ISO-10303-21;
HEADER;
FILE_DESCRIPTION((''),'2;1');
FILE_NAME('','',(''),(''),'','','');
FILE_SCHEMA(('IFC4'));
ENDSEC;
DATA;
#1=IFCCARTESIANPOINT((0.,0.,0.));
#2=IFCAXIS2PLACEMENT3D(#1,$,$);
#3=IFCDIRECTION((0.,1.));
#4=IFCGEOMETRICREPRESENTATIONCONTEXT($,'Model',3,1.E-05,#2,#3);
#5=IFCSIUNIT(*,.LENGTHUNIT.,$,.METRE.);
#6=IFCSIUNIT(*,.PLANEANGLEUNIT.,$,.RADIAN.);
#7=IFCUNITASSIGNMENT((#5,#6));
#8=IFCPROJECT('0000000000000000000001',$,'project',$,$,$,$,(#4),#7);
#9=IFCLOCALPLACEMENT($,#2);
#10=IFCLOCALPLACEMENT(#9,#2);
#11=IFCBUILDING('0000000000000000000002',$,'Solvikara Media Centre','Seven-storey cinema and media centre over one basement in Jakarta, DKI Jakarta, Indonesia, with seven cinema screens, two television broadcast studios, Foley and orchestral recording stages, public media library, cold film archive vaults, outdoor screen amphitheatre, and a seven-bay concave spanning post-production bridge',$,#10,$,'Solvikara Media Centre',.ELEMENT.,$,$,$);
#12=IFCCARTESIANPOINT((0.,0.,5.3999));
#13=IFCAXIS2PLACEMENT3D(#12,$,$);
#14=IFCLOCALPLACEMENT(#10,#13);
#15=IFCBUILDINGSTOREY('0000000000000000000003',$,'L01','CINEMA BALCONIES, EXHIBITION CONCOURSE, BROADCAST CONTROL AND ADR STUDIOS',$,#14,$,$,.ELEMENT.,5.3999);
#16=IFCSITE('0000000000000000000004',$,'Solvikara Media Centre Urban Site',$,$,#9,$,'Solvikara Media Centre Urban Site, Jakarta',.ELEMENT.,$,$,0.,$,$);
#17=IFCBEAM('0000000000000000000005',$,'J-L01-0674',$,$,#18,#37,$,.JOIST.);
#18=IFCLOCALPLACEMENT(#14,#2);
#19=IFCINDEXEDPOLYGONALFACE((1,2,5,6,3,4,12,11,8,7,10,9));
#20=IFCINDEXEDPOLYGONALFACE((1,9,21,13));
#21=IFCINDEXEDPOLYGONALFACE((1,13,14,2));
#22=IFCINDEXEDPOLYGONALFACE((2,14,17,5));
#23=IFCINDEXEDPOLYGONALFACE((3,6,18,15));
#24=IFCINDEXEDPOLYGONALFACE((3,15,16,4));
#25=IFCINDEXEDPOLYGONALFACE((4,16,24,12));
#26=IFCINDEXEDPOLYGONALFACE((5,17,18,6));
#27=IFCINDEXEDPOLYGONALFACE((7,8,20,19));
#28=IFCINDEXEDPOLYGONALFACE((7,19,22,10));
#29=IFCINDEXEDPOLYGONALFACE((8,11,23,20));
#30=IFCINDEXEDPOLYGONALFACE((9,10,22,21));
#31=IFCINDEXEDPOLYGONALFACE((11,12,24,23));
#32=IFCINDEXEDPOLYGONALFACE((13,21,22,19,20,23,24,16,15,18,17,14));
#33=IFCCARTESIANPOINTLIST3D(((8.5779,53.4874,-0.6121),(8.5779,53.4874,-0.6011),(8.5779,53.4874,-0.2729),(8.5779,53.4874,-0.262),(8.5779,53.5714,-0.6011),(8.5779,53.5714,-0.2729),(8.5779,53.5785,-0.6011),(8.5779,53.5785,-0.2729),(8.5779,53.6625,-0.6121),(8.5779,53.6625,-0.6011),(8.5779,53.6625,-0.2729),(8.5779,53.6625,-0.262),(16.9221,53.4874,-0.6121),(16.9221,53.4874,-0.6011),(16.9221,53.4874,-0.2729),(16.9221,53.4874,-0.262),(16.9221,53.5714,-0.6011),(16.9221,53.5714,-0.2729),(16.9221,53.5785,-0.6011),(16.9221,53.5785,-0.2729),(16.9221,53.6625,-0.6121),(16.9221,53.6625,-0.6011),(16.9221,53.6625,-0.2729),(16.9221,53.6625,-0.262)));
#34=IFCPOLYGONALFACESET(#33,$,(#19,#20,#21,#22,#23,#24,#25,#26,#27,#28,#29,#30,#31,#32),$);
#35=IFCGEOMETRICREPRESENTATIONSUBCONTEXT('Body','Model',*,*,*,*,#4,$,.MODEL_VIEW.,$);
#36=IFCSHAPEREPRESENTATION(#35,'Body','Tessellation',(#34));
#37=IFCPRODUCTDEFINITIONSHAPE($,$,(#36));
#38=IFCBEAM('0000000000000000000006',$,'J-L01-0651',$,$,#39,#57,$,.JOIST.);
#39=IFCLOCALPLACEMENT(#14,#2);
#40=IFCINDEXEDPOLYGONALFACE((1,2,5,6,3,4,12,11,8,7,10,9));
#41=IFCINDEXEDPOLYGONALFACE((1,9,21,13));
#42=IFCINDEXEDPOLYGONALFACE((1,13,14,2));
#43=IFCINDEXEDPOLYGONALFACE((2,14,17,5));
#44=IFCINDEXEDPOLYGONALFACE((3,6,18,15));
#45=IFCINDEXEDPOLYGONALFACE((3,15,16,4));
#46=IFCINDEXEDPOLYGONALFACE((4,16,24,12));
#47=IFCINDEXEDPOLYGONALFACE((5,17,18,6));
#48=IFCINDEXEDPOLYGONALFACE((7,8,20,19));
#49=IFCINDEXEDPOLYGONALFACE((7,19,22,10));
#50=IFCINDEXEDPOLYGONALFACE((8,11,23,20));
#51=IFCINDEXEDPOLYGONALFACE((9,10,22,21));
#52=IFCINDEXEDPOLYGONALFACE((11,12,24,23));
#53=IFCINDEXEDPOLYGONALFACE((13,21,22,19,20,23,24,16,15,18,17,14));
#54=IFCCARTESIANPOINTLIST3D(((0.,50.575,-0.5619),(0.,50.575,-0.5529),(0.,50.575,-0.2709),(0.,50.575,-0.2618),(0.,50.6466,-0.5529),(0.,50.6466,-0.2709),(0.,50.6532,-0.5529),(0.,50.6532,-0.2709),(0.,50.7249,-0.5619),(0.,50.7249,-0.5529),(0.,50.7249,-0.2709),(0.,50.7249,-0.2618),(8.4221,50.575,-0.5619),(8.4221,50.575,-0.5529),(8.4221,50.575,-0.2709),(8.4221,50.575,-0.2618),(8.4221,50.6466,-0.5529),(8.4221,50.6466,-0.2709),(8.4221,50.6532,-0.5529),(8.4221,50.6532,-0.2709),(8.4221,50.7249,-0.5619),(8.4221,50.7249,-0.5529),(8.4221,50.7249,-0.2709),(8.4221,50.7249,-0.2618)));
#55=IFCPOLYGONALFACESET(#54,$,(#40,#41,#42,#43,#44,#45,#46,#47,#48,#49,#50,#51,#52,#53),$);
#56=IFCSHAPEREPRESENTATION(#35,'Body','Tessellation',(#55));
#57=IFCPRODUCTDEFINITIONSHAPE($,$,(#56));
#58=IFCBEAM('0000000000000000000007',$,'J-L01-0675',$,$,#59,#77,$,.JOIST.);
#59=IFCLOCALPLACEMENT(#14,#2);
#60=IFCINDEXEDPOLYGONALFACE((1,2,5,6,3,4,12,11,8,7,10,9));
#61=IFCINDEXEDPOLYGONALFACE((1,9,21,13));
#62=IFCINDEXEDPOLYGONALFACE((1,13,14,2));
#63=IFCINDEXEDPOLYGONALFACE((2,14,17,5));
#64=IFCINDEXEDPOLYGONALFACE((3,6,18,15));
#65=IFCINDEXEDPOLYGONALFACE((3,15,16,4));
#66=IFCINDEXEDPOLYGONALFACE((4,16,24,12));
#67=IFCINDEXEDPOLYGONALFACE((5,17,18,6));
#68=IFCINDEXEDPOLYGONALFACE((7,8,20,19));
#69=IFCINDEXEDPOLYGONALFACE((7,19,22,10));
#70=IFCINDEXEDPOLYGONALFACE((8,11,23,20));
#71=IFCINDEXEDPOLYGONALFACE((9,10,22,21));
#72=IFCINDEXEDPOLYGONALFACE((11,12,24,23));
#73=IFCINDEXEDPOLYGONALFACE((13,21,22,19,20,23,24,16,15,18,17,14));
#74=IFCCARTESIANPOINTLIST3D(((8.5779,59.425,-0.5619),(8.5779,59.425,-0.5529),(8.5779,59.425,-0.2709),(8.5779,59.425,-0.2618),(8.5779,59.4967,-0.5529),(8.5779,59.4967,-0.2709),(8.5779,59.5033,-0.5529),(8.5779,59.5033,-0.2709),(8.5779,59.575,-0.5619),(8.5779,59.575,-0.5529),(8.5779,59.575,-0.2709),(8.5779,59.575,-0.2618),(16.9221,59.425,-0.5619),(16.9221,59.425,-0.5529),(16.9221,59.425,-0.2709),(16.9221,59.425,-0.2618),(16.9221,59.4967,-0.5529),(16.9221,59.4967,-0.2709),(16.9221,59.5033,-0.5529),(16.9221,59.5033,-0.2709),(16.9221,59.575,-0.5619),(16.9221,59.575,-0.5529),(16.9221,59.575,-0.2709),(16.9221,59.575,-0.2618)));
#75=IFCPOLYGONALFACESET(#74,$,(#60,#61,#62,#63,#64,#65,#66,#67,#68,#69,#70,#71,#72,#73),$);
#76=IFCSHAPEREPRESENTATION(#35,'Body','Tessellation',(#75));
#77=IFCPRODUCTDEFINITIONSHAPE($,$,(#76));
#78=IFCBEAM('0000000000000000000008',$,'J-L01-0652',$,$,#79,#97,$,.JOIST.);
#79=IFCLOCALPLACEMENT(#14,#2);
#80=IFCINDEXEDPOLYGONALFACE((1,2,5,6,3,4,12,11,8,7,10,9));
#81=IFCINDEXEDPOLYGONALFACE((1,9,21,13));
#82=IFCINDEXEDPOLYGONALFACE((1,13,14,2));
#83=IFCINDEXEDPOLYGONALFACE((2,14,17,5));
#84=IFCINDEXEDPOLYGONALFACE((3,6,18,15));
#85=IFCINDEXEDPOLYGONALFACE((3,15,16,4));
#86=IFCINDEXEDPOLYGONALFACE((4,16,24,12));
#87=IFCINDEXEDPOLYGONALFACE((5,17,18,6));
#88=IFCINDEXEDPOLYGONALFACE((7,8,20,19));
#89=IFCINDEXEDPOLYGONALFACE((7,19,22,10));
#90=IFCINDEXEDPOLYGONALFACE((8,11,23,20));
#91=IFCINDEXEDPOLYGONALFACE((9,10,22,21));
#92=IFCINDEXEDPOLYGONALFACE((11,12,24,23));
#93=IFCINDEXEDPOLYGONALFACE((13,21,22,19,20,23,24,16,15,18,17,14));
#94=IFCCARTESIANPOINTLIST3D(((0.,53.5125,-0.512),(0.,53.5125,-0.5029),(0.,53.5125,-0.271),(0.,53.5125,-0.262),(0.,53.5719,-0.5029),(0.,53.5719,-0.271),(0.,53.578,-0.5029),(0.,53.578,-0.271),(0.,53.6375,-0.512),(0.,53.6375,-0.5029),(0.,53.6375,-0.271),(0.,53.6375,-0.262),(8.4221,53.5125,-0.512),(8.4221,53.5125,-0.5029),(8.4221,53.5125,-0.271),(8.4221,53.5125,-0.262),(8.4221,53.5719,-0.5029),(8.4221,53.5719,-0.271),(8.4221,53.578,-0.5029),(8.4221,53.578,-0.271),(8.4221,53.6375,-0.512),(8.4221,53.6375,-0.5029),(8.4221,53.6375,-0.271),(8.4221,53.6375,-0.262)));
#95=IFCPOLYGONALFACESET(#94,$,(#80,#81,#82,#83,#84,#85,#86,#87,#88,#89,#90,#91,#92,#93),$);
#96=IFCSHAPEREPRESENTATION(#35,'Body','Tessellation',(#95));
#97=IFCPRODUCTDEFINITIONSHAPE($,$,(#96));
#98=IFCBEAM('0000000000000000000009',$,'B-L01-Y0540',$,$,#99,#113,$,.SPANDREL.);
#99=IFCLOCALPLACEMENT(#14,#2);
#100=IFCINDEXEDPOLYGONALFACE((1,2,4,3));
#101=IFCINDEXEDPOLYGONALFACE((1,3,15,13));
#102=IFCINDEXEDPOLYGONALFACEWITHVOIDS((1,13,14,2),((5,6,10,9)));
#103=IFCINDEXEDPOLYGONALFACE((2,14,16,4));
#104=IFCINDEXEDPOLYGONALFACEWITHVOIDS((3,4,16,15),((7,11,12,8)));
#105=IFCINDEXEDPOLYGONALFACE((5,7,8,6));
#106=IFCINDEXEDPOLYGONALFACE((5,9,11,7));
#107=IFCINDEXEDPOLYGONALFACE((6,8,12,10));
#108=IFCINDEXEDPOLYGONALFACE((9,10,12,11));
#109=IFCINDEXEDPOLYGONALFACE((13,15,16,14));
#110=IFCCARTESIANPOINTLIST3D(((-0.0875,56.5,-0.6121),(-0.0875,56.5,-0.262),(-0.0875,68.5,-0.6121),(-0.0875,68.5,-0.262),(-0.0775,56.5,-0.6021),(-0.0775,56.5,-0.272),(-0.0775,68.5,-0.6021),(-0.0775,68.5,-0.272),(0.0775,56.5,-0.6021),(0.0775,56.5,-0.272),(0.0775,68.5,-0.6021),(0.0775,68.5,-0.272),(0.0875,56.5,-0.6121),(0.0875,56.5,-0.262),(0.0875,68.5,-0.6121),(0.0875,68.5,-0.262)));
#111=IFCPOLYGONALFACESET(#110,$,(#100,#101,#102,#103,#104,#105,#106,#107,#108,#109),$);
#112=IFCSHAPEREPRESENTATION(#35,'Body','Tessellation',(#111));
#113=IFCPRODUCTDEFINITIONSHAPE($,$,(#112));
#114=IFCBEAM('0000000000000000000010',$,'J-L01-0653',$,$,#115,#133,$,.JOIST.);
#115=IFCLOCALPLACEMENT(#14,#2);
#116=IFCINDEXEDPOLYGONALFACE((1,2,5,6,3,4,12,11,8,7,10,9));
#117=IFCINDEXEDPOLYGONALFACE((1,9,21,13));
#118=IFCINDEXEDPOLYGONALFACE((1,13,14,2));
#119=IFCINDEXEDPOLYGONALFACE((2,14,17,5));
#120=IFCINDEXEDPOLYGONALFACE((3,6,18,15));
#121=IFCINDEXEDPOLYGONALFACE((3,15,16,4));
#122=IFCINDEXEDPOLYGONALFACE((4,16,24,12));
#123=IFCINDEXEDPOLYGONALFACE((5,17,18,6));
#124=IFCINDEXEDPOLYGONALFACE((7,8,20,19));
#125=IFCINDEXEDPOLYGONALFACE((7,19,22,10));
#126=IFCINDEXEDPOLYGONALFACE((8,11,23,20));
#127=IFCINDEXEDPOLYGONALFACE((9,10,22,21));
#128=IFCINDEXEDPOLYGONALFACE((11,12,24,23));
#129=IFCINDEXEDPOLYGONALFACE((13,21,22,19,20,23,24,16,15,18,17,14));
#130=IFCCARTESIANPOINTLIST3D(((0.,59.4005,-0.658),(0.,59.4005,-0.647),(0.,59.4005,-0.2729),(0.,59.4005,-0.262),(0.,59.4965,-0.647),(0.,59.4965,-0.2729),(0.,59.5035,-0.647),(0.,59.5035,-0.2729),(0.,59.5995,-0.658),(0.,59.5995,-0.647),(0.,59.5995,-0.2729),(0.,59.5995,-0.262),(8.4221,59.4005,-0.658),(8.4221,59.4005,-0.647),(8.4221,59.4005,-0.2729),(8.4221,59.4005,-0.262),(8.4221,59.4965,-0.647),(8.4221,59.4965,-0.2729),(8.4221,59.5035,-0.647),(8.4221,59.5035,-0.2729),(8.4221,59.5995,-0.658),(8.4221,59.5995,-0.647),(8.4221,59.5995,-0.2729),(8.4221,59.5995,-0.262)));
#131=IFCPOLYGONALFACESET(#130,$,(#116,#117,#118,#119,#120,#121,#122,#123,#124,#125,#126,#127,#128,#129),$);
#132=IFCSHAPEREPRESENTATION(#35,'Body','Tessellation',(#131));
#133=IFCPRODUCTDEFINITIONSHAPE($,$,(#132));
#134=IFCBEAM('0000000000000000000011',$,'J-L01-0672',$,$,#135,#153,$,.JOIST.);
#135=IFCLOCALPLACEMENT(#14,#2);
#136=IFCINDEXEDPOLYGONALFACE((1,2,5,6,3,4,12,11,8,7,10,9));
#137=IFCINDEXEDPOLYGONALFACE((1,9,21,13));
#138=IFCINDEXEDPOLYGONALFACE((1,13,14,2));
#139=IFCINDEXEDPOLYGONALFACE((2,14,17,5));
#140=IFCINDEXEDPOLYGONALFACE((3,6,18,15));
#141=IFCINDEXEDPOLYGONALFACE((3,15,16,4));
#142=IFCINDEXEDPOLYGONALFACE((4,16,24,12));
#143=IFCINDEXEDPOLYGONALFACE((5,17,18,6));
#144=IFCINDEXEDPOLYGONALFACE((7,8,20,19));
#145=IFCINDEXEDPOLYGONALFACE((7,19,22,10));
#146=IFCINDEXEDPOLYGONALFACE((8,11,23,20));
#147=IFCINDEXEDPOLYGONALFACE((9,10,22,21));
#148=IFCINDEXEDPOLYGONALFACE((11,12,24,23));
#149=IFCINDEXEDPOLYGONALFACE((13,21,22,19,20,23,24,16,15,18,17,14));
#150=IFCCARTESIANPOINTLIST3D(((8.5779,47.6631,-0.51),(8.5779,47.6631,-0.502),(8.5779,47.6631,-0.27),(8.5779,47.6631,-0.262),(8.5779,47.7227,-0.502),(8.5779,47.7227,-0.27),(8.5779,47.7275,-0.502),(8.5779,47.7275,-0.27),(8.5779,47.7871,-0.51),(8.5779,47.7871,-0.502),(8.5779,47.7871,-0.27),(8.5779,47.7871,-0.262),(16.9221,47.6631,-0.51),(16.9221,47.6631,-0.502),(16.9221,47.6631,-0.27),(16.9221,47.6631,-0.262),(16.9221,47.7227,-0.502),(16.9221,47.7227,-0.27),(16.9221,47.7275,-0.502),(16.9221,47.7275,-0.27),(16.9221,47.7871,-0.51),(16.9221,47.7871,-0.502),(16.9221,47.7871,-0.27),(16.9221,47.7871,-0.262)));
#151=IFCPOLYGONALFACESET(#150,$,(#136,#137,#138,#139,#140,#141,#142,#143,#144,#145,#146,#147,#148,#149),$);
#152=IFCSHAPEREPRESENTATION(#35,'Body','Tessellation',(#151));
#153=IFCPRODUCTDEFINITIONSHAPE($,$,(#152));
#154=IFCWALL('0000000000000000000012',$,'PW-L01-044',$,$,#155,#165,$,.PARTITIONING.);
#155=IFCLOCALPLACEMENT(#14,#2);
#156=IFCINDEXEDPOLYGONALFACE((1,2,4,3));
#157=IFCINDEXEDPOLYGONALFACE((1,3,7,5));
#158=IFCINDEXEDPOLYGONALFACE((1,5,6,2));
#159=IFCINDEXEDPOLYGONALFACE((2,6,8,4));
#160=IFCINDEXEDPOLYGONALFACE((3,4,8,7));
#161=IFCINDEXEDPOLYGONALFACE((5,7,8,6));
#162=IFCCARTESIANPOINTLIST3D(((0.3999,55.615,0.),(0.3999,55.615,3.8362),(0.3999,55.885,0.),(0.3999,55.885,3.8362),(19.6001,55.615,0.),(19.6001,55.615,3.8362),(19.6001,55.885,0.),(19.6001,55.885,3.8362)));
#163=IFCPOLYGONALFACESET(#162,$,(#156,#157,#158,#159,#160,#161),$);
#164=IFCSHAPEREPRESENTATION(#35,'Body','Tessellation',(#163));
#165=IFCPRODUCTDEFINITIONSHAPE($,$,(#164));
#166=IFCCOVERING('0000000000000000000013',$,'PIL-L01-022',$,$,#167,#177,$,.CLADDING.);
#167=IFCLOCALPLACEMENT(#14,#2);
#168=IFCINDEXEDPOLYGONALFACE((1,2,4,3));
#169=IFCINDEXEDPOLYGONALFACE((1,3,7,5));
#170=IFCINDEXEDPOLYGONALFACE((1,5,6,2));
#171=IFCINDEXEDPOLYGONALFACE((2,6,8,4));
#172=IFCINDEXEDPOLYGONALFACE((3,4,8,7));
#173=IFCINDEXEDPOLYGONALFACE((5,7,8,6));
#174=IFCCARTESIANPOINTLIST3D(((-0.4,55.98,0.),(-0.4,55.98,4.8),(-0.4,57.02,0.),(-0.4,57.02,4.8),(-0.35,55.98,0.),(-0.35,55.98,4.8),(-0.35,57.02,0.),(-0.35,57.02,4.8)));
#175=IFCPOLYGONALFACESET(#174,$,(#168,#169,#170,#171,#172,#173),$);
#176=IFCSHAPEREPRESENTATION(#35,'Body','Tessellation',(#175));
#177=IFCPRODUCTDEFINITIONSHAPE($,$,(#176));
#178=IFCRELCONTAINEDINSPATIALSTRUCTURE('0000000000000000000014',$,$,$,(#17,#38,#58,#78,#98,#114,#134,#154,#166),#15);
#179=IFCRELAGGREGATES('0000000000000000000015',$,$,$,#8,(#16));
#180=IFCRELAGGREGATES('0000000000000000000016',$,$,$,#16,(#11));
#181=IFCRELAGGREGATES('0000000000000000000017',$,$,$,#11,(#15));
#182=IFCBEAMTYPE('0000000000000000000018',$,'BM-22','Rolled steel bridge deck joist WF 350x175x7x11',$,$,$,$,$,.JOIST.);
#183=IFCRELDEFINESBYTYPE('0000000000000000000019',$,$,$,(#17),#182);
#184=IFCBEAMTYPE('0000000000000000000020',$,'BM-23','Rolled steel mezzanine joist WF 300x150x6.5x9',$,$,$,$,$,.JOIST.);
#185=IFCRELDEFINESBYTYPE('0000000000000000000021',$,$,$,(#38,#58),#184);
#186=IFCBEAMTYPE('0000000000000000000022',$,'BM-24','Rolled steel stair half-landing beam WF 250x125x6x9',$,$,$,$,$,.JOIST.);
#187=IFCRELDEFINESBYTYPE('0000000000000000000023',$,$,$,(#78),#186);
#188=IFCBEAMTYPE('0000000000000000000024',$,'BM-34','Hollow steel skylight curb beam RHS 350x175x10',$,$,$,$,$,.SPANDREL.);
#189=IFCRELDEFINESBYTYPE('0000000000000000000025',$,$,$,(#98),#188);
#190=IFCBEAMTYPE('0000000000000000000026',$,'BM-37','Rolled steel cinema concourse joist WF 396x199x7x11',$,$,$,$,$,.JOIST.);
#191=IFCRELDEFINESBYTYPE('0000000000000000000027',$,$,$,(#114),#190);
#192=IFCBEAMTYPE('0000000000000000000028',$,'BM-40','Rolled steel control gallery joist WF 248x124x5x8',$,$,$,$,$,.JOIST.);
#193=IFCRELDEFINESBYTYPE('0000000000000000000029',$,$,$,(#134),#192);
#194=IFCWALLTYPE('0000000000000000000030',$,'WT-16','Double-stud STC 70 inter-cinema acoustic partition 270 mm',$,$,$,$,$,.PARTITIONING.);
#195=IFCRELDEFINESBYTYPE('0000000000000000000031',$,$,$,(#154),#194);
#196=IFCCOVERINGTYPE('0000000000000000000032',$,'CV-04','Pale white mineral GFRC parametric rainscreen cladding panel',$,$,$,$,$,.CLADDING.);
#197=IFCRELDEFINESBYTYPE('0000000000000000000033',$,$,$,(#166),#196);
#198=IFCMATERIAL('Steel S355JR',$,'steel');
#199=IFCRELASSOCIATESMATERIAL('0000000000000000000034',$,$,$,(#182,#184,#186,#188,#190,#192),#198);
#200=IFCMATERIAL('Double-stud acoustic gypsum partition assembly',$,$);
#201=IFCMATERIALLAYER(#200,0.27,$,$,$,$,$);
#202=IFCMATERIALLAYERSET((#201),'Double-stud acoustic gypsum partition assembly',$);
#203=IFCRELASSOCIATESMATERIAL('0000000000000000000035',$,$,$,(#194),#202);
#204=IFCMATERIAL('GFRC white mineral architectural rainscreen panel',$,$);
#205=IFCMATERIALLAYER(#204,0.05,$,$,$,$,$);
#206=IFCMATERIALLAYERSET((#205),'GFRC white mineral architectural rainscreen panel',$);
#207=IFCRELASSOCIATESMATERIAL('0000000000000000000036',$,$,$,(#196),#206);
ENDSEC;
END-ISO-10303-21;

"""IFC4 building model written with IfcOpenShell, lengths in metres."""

from ifc_helpers import new_model, si_unit, direction, frame, frame_2d, origin, origin_2d, place, context, subcontext, project, spatial, rectangle, hollow_rectangle, i_section, extrude, material, layer, layer_set, material_profile, profile_set, type_object, element, save


model = new_model("IFC4")

# Units and contexts
model_context = context("Model", 3, precision=1e-05, world=origin(), true_north=direction((0.0, 1.0)))
body_context = subcontext(model_context, "Body", "Model", "MODEL_VIEW")
ifc_project = project(units=[si_unit("LENGTHUNIT", "METRE"), si_unit("PLANEANGLEUNIT", "RADIAN")], contexts=[model_context])

# Site, building, storey
site_placement = place(None, origin())
site = spatial("IfcSite", under=ifc_project, at=site_placement, Name="Solvikara Media Centre Urban Site", LongName="Solvikara Media Centre Urban Site, Jakarta", CompositionType="ELEMENT", RefElevation=0.0)
building_placement = place(site_placement, origin())
building = spatial("IfcBuilding", under=site, at=building_placement, Name="Solvikara Media Centre", Description="Seven-storey cinema and media centre over one basement in Jakarta, DKI Jakarta, Indonesia, with seven cinema screens, two television broadcast studios, Foley and orchestral recording stages, public media library, cold film archive vaults, outdoor screen amphitheatre, and a seven-bay concave spanning post-production bridge", LongName="Solvikara Media Centre", CompositionType="ELEMENT")
storey_placement = place(building_placement, frame((0.0, 0.0, 5.3999)))
storey = spatial("IfcBuildingStorey", under=building, at=storey_placement, Name="L01", Description="CINEMA BALCONIES, EXHIBITION CONCOURSE, BROADCAST CONTROL AND ADR STUDIOS", CompositionType="ELEMENT", Elevation=5.3999)

# Beams
ifc_material_1 = material(Name="Steel S355JR", Category="steel")
ifc_material_profile_1 = material_profile(ifc_material_1, i_section(OverallWidth=0.175, OverallDepth=0.3501, WebThickness=0.0071, FlangeThickness=0.011, at=origin_2d()), Name="WF 350x175x7x11")
ifc_profile_set_1 = profile_set([ifc_material_profile_1], Name="Steel S355JR")
beam_type_1 = type_object("IfcBeamType", Name="BM-22", Description="Rolled steel bridge deck joist WF 350x175x7x11", PredefinedType="JOIST", material=ifc_profile_set_1)
beam_1_placement = place(storey_placement, frame((8.5779, 53.575, -0.437), z_axis=(1.0, 0.0, 0.0), x_axis=(0.0, 1.0, 0.0)))
element("IfcBeam", 1, at=beam_1_placement, inside=storey, type_object=beam_type_1, Name="J-L01-0674", PredefinedType="JOIST", context=body_context, shape_type="SweptSolid", body=[
    extrude(i_section(OverallWidth=0.175, OverallDepth=0.3501, WebThickness=0.0071, FlangeThickness=0.011, at=origin_2d()), origin(), (0.0, 0.0, 1.0), 8.3442),
])
ifc_material_profile_2 = material_profile(ifc_material_1, i_section(OverallWidth=0.1499, OverallDepth=0.3, WebThickness=0.0066, FlangeThickness=0.009, at=origin_2d()), Name="WF 300x150x6.5x9")
ifc_profile_set_2 = profile_set([ifc_material_profile_2], Name="Steel S355JR")
beam_type_2 = type_object("IfcBeamType", Name="BM-23", Description="Rolled steel mezzanine joist WF 300x150x6.5x9", PredefinedType="JOIST", material=ifc_profile_set_2)
beam_2_placement = place(storey_placement, frame((0.0, 50.6499, -0.4119), z_axis=(1.0, 0.0, 0.0), x_axis=(0.0, 1.0, 0.0)))
element("IfcBeam", 2, at=beam_2_placement, inside=storey, type_object=beam_type_2, Name="J-L01-0651", PredefinedType="JOIST", context=body_context, shape_type="SweptSolid", body=[
    extrude(i_section(OverallWidth=0.1499, OverallDepth=0.3, WebThickness=0.0066, FlangeThickness=0.009, at=origin_2d()), origin(), (0.0, 0.0, 1.0), 8.4221),
])
beam_3_placement = place(storey_placement, frame((8.5779, 59.5, -0.4119), z_axis=(1.0, 0.0, 0.0), x_axis=(0.0, 1.0, 0.0)))
element("IfcBeam", 3, at=beam_3_placement, inside=storey, type_object=beam_type_2, Name="J-L01-0675", PredefinedType="JOIST", context=body_context, shape_type="SweptSolid", body=[
    extrude(i_section(OverallWidth=0.1499, OverallDepth=0.3, WebThickness=0.0066, FlangeThickness=0.009, at=origin_2d()), origin(), (0.0, 0.0, 1.0), 8.3442),
])
ifc_material_profile_3 = material_profile(ifc_material_1, i_section(OverallWidth=0.125, OverallDepth=0.25, WebThickness=0.0061, FlangeThickness=0.009, at=origin_2d()), Name="WF 250x125x6x9")
ifc_profile_set_3 = profile_set([ifc_material_profile_3], Name="Steel S355JR")
beam_type_3 = type_object("IfcBeamType", Name="BM-24", Description="Rolled steel stair half-landing beam WF 250x125x6x9", PredefinedType="JOIST", material=ifc_profile_set_3)
beam_4_placement = place(storey_placement, frame((0.0, 53.575, -0.387), z_axis=(1.0, 0.0, 0.0), x_axis=(0.0, 1.0, 0.0)))
element("IfcBeam", 4, at=beam_4_placement, inside=storey, type_object=beam_type_3, Name="J-L01-0652", PredefinedType="JOIST", context=body_context, shape_type="SweptSolid", body=[
    extrude(i_section(OverallWidth=0.125, OverallDepth=0.25, WebThickness=0.0061, FlangeThickness=0.009, at=origin_2d()), origin(), (0.0, 0.0, 1.0), 8.4221),
])
ifc_material_profile_4 = material_profile(ifc_material_1, hollow_rectangle(XDim=0.175, YDim=0.3501, WallThickness=0.01, at=origin_2d()), Name="RHS 350x175x10")
ifc_profile_set_4 = profile_set([ifc_material_profile_4], Name="Steel S355JR")
beam_type_4 = type_object("IfcBeamType", Name="BM-34", Description="Hollow steel skylight curb beam RHS 350x175x10", PredefinedType="SPANDREL", material=ifc_profile_set_4)
beam_5_placement = place(storey_placement, frame((0.0, 56.5, -0.437), z_axis=(0.0, 1.0, 0.0), x_axis=(-1.0, 0.0, 0.0)))
element("IfcBeam", 5, at=beam_5_placement, inside=storey, type_object=beam_type_4, Name="B-L01-Y0540", PredefinedType="SPANDREL", context=body_context, shape_type="SweptSolid", body=[
    extrude(hollow_rectangle(XDim=0.175, YDim=0.3501, WallThickness=0.01, at=origin_2d()), origin(), (0.0, 0.0, 1.0), 12.0),
])
ifc_material_profile_5 = material_profile(ifc_material_1, i_section(OverallWidth=0.199, OverallDepth=0.396, WebThickness=0.0071, FlangeThickness=0.011, at=origin_2d()), Name="WF 396x199x7x11")
ifc_profile_set_5 = profile_set([ifc_material_profile_5], Name="Steel S355JR")
beam_type_5 = type_object("IfcBeamType", Name="BM-37", Description="Rolled steel cinema concourse joist WF 396x199x7x11", PredefinedType="JOIST", material=ifc_profile_set_5)
beam_6_placement = place(storey_placement, frame((0.0, 59.5, -0.46), z_axis=(1.0, 0.0, 0.0), x_axis=(0.0, 1.0, 0.0)))
element("IfcBeam", 6, at=beam_6_placement, inside=storey, type_object=beam_type_5, Name="J-L01-0653", PredefinedType="JOIST", context=body_context, shape_type="SweptSolid", body=[
    extrude(i_section(OverallWidth=0.199, OverallDepth=0.396, WebThickness=0.0071, FlangeThickness=0.011, at=origin_2d()), origin(), (0.0, 0.0, 1.0), 8.4221),
])
ifc_material_profile_6 = material_profile(ifc_material_1, i_section(OverallWidth=0.124, OverallDepth=0.248, WebThickness=0.0049, FlangeThickness=0.0081, at=origin_2d()), Name="WF 248x124x5x8")
ifc_profile_set_6 = profile_set([ifc_material_profile_6], Name="Steel S355JR")
beam_type_6 = type_object("IfcBeamType", Name="BM-40", Description="Rolled steel control gallery joist WF 248x124x5x8", PredefinedType="JOIST", material=ifc_profile_set_6)
beam_7_placement = place(storey_placement, frame((8.5779, 47.7251, -0.386), z_axis=(1.0, 0.0, 0.0), x_axis=(0.0, 1.0, 0.0)))
element("IfcBeam", 7, at=beam_7_placement, inside=storey, type_object=beam_type_6, Name="J-L01-0672", PredefinedType="JOIST", context=body_context, shape_type="SweptSolid", body=[
    extrude(i_section(OverallWidth=0.124, OverallDepth=0.248, WebThickness=0.0049, FlangeThickness=0.0081, at=origin_2d()), origin(), (0.0, 0.0, 1.0), 8.3442),
])

# Wall
ifc_material_2 = material(Name="Double-stud acoustic gypsum partition assembly")
ifc_layer_1 = layer(ifc_material_2, 0.27)
ifc_layer_set_1 = layer_set([ifc_layer_1], Name="Double-stud acoustic gypsum partition assembly")
wall_type = type_object("IfcWallType", Name="WT-16", Description="Double-stud STC 70 inter-cinema acoustic partition 270 mm", PredefinedType="PARTITIONING", material=ifc_layer_set_1)
wall_placement = place(storey_placement, frame((0.3999, 55.75, 0.0), z_axis=(0.0, 0.0, 1.0), x_axis=(1.0, 0.0, 0.0)))
element("IfcWall", 8, at=wall_placement, inside=storey, type_object=wall_type, Name="PW-L01-044", PredefinedType="PARTITIONING", context=body_context, shape_type="SweptSolid", body=[
    extrude(rectangle(XDim=19.2002, YDim=0.27, at=frame_2d((9.6001, 0.0))), origin(), (0.0, 0.0, 1.0), 3.8362),
])

# Covering
ifc_material_3 = material(Name="GFRC white mineral architectural rainscreen panel")
ifc_layer_2 = layer(ifc_material_3, 0.05)
ifc_layer_set_2 = layer_set([ifc_layer_2], Name="GFRC white mineral architectural rainscreen panel")
covering_type = type_object("IfcCoveringType", Name="CV-04", Description="Pale white mineral GFRC parametric rainscreen cladding panel", PredefinedType="CLADDING", material=ifc_layer_set_2)
covering_1_placement = place(storey_placement, frame((-0.375, 56.5, 0.0), z_axis=(0.0, 0.0, 1.0), x_axis=(0.0, -1.0, 0.0)))
element("IfcCovering", 9, at=covering_1_placement, inside=storey, type_object=covering_type, Name="PIL-L01-022", PredefinedType="CLADDING", context=body_context, shape_type="SweptSolid", body=[
    extrude(rectangle(XDim=1.04, YDim=0.05, at=origin_2d()), origin(), (0.0, 0.0, 1.0), 4.8),
])

save(model, "model.ifc")
